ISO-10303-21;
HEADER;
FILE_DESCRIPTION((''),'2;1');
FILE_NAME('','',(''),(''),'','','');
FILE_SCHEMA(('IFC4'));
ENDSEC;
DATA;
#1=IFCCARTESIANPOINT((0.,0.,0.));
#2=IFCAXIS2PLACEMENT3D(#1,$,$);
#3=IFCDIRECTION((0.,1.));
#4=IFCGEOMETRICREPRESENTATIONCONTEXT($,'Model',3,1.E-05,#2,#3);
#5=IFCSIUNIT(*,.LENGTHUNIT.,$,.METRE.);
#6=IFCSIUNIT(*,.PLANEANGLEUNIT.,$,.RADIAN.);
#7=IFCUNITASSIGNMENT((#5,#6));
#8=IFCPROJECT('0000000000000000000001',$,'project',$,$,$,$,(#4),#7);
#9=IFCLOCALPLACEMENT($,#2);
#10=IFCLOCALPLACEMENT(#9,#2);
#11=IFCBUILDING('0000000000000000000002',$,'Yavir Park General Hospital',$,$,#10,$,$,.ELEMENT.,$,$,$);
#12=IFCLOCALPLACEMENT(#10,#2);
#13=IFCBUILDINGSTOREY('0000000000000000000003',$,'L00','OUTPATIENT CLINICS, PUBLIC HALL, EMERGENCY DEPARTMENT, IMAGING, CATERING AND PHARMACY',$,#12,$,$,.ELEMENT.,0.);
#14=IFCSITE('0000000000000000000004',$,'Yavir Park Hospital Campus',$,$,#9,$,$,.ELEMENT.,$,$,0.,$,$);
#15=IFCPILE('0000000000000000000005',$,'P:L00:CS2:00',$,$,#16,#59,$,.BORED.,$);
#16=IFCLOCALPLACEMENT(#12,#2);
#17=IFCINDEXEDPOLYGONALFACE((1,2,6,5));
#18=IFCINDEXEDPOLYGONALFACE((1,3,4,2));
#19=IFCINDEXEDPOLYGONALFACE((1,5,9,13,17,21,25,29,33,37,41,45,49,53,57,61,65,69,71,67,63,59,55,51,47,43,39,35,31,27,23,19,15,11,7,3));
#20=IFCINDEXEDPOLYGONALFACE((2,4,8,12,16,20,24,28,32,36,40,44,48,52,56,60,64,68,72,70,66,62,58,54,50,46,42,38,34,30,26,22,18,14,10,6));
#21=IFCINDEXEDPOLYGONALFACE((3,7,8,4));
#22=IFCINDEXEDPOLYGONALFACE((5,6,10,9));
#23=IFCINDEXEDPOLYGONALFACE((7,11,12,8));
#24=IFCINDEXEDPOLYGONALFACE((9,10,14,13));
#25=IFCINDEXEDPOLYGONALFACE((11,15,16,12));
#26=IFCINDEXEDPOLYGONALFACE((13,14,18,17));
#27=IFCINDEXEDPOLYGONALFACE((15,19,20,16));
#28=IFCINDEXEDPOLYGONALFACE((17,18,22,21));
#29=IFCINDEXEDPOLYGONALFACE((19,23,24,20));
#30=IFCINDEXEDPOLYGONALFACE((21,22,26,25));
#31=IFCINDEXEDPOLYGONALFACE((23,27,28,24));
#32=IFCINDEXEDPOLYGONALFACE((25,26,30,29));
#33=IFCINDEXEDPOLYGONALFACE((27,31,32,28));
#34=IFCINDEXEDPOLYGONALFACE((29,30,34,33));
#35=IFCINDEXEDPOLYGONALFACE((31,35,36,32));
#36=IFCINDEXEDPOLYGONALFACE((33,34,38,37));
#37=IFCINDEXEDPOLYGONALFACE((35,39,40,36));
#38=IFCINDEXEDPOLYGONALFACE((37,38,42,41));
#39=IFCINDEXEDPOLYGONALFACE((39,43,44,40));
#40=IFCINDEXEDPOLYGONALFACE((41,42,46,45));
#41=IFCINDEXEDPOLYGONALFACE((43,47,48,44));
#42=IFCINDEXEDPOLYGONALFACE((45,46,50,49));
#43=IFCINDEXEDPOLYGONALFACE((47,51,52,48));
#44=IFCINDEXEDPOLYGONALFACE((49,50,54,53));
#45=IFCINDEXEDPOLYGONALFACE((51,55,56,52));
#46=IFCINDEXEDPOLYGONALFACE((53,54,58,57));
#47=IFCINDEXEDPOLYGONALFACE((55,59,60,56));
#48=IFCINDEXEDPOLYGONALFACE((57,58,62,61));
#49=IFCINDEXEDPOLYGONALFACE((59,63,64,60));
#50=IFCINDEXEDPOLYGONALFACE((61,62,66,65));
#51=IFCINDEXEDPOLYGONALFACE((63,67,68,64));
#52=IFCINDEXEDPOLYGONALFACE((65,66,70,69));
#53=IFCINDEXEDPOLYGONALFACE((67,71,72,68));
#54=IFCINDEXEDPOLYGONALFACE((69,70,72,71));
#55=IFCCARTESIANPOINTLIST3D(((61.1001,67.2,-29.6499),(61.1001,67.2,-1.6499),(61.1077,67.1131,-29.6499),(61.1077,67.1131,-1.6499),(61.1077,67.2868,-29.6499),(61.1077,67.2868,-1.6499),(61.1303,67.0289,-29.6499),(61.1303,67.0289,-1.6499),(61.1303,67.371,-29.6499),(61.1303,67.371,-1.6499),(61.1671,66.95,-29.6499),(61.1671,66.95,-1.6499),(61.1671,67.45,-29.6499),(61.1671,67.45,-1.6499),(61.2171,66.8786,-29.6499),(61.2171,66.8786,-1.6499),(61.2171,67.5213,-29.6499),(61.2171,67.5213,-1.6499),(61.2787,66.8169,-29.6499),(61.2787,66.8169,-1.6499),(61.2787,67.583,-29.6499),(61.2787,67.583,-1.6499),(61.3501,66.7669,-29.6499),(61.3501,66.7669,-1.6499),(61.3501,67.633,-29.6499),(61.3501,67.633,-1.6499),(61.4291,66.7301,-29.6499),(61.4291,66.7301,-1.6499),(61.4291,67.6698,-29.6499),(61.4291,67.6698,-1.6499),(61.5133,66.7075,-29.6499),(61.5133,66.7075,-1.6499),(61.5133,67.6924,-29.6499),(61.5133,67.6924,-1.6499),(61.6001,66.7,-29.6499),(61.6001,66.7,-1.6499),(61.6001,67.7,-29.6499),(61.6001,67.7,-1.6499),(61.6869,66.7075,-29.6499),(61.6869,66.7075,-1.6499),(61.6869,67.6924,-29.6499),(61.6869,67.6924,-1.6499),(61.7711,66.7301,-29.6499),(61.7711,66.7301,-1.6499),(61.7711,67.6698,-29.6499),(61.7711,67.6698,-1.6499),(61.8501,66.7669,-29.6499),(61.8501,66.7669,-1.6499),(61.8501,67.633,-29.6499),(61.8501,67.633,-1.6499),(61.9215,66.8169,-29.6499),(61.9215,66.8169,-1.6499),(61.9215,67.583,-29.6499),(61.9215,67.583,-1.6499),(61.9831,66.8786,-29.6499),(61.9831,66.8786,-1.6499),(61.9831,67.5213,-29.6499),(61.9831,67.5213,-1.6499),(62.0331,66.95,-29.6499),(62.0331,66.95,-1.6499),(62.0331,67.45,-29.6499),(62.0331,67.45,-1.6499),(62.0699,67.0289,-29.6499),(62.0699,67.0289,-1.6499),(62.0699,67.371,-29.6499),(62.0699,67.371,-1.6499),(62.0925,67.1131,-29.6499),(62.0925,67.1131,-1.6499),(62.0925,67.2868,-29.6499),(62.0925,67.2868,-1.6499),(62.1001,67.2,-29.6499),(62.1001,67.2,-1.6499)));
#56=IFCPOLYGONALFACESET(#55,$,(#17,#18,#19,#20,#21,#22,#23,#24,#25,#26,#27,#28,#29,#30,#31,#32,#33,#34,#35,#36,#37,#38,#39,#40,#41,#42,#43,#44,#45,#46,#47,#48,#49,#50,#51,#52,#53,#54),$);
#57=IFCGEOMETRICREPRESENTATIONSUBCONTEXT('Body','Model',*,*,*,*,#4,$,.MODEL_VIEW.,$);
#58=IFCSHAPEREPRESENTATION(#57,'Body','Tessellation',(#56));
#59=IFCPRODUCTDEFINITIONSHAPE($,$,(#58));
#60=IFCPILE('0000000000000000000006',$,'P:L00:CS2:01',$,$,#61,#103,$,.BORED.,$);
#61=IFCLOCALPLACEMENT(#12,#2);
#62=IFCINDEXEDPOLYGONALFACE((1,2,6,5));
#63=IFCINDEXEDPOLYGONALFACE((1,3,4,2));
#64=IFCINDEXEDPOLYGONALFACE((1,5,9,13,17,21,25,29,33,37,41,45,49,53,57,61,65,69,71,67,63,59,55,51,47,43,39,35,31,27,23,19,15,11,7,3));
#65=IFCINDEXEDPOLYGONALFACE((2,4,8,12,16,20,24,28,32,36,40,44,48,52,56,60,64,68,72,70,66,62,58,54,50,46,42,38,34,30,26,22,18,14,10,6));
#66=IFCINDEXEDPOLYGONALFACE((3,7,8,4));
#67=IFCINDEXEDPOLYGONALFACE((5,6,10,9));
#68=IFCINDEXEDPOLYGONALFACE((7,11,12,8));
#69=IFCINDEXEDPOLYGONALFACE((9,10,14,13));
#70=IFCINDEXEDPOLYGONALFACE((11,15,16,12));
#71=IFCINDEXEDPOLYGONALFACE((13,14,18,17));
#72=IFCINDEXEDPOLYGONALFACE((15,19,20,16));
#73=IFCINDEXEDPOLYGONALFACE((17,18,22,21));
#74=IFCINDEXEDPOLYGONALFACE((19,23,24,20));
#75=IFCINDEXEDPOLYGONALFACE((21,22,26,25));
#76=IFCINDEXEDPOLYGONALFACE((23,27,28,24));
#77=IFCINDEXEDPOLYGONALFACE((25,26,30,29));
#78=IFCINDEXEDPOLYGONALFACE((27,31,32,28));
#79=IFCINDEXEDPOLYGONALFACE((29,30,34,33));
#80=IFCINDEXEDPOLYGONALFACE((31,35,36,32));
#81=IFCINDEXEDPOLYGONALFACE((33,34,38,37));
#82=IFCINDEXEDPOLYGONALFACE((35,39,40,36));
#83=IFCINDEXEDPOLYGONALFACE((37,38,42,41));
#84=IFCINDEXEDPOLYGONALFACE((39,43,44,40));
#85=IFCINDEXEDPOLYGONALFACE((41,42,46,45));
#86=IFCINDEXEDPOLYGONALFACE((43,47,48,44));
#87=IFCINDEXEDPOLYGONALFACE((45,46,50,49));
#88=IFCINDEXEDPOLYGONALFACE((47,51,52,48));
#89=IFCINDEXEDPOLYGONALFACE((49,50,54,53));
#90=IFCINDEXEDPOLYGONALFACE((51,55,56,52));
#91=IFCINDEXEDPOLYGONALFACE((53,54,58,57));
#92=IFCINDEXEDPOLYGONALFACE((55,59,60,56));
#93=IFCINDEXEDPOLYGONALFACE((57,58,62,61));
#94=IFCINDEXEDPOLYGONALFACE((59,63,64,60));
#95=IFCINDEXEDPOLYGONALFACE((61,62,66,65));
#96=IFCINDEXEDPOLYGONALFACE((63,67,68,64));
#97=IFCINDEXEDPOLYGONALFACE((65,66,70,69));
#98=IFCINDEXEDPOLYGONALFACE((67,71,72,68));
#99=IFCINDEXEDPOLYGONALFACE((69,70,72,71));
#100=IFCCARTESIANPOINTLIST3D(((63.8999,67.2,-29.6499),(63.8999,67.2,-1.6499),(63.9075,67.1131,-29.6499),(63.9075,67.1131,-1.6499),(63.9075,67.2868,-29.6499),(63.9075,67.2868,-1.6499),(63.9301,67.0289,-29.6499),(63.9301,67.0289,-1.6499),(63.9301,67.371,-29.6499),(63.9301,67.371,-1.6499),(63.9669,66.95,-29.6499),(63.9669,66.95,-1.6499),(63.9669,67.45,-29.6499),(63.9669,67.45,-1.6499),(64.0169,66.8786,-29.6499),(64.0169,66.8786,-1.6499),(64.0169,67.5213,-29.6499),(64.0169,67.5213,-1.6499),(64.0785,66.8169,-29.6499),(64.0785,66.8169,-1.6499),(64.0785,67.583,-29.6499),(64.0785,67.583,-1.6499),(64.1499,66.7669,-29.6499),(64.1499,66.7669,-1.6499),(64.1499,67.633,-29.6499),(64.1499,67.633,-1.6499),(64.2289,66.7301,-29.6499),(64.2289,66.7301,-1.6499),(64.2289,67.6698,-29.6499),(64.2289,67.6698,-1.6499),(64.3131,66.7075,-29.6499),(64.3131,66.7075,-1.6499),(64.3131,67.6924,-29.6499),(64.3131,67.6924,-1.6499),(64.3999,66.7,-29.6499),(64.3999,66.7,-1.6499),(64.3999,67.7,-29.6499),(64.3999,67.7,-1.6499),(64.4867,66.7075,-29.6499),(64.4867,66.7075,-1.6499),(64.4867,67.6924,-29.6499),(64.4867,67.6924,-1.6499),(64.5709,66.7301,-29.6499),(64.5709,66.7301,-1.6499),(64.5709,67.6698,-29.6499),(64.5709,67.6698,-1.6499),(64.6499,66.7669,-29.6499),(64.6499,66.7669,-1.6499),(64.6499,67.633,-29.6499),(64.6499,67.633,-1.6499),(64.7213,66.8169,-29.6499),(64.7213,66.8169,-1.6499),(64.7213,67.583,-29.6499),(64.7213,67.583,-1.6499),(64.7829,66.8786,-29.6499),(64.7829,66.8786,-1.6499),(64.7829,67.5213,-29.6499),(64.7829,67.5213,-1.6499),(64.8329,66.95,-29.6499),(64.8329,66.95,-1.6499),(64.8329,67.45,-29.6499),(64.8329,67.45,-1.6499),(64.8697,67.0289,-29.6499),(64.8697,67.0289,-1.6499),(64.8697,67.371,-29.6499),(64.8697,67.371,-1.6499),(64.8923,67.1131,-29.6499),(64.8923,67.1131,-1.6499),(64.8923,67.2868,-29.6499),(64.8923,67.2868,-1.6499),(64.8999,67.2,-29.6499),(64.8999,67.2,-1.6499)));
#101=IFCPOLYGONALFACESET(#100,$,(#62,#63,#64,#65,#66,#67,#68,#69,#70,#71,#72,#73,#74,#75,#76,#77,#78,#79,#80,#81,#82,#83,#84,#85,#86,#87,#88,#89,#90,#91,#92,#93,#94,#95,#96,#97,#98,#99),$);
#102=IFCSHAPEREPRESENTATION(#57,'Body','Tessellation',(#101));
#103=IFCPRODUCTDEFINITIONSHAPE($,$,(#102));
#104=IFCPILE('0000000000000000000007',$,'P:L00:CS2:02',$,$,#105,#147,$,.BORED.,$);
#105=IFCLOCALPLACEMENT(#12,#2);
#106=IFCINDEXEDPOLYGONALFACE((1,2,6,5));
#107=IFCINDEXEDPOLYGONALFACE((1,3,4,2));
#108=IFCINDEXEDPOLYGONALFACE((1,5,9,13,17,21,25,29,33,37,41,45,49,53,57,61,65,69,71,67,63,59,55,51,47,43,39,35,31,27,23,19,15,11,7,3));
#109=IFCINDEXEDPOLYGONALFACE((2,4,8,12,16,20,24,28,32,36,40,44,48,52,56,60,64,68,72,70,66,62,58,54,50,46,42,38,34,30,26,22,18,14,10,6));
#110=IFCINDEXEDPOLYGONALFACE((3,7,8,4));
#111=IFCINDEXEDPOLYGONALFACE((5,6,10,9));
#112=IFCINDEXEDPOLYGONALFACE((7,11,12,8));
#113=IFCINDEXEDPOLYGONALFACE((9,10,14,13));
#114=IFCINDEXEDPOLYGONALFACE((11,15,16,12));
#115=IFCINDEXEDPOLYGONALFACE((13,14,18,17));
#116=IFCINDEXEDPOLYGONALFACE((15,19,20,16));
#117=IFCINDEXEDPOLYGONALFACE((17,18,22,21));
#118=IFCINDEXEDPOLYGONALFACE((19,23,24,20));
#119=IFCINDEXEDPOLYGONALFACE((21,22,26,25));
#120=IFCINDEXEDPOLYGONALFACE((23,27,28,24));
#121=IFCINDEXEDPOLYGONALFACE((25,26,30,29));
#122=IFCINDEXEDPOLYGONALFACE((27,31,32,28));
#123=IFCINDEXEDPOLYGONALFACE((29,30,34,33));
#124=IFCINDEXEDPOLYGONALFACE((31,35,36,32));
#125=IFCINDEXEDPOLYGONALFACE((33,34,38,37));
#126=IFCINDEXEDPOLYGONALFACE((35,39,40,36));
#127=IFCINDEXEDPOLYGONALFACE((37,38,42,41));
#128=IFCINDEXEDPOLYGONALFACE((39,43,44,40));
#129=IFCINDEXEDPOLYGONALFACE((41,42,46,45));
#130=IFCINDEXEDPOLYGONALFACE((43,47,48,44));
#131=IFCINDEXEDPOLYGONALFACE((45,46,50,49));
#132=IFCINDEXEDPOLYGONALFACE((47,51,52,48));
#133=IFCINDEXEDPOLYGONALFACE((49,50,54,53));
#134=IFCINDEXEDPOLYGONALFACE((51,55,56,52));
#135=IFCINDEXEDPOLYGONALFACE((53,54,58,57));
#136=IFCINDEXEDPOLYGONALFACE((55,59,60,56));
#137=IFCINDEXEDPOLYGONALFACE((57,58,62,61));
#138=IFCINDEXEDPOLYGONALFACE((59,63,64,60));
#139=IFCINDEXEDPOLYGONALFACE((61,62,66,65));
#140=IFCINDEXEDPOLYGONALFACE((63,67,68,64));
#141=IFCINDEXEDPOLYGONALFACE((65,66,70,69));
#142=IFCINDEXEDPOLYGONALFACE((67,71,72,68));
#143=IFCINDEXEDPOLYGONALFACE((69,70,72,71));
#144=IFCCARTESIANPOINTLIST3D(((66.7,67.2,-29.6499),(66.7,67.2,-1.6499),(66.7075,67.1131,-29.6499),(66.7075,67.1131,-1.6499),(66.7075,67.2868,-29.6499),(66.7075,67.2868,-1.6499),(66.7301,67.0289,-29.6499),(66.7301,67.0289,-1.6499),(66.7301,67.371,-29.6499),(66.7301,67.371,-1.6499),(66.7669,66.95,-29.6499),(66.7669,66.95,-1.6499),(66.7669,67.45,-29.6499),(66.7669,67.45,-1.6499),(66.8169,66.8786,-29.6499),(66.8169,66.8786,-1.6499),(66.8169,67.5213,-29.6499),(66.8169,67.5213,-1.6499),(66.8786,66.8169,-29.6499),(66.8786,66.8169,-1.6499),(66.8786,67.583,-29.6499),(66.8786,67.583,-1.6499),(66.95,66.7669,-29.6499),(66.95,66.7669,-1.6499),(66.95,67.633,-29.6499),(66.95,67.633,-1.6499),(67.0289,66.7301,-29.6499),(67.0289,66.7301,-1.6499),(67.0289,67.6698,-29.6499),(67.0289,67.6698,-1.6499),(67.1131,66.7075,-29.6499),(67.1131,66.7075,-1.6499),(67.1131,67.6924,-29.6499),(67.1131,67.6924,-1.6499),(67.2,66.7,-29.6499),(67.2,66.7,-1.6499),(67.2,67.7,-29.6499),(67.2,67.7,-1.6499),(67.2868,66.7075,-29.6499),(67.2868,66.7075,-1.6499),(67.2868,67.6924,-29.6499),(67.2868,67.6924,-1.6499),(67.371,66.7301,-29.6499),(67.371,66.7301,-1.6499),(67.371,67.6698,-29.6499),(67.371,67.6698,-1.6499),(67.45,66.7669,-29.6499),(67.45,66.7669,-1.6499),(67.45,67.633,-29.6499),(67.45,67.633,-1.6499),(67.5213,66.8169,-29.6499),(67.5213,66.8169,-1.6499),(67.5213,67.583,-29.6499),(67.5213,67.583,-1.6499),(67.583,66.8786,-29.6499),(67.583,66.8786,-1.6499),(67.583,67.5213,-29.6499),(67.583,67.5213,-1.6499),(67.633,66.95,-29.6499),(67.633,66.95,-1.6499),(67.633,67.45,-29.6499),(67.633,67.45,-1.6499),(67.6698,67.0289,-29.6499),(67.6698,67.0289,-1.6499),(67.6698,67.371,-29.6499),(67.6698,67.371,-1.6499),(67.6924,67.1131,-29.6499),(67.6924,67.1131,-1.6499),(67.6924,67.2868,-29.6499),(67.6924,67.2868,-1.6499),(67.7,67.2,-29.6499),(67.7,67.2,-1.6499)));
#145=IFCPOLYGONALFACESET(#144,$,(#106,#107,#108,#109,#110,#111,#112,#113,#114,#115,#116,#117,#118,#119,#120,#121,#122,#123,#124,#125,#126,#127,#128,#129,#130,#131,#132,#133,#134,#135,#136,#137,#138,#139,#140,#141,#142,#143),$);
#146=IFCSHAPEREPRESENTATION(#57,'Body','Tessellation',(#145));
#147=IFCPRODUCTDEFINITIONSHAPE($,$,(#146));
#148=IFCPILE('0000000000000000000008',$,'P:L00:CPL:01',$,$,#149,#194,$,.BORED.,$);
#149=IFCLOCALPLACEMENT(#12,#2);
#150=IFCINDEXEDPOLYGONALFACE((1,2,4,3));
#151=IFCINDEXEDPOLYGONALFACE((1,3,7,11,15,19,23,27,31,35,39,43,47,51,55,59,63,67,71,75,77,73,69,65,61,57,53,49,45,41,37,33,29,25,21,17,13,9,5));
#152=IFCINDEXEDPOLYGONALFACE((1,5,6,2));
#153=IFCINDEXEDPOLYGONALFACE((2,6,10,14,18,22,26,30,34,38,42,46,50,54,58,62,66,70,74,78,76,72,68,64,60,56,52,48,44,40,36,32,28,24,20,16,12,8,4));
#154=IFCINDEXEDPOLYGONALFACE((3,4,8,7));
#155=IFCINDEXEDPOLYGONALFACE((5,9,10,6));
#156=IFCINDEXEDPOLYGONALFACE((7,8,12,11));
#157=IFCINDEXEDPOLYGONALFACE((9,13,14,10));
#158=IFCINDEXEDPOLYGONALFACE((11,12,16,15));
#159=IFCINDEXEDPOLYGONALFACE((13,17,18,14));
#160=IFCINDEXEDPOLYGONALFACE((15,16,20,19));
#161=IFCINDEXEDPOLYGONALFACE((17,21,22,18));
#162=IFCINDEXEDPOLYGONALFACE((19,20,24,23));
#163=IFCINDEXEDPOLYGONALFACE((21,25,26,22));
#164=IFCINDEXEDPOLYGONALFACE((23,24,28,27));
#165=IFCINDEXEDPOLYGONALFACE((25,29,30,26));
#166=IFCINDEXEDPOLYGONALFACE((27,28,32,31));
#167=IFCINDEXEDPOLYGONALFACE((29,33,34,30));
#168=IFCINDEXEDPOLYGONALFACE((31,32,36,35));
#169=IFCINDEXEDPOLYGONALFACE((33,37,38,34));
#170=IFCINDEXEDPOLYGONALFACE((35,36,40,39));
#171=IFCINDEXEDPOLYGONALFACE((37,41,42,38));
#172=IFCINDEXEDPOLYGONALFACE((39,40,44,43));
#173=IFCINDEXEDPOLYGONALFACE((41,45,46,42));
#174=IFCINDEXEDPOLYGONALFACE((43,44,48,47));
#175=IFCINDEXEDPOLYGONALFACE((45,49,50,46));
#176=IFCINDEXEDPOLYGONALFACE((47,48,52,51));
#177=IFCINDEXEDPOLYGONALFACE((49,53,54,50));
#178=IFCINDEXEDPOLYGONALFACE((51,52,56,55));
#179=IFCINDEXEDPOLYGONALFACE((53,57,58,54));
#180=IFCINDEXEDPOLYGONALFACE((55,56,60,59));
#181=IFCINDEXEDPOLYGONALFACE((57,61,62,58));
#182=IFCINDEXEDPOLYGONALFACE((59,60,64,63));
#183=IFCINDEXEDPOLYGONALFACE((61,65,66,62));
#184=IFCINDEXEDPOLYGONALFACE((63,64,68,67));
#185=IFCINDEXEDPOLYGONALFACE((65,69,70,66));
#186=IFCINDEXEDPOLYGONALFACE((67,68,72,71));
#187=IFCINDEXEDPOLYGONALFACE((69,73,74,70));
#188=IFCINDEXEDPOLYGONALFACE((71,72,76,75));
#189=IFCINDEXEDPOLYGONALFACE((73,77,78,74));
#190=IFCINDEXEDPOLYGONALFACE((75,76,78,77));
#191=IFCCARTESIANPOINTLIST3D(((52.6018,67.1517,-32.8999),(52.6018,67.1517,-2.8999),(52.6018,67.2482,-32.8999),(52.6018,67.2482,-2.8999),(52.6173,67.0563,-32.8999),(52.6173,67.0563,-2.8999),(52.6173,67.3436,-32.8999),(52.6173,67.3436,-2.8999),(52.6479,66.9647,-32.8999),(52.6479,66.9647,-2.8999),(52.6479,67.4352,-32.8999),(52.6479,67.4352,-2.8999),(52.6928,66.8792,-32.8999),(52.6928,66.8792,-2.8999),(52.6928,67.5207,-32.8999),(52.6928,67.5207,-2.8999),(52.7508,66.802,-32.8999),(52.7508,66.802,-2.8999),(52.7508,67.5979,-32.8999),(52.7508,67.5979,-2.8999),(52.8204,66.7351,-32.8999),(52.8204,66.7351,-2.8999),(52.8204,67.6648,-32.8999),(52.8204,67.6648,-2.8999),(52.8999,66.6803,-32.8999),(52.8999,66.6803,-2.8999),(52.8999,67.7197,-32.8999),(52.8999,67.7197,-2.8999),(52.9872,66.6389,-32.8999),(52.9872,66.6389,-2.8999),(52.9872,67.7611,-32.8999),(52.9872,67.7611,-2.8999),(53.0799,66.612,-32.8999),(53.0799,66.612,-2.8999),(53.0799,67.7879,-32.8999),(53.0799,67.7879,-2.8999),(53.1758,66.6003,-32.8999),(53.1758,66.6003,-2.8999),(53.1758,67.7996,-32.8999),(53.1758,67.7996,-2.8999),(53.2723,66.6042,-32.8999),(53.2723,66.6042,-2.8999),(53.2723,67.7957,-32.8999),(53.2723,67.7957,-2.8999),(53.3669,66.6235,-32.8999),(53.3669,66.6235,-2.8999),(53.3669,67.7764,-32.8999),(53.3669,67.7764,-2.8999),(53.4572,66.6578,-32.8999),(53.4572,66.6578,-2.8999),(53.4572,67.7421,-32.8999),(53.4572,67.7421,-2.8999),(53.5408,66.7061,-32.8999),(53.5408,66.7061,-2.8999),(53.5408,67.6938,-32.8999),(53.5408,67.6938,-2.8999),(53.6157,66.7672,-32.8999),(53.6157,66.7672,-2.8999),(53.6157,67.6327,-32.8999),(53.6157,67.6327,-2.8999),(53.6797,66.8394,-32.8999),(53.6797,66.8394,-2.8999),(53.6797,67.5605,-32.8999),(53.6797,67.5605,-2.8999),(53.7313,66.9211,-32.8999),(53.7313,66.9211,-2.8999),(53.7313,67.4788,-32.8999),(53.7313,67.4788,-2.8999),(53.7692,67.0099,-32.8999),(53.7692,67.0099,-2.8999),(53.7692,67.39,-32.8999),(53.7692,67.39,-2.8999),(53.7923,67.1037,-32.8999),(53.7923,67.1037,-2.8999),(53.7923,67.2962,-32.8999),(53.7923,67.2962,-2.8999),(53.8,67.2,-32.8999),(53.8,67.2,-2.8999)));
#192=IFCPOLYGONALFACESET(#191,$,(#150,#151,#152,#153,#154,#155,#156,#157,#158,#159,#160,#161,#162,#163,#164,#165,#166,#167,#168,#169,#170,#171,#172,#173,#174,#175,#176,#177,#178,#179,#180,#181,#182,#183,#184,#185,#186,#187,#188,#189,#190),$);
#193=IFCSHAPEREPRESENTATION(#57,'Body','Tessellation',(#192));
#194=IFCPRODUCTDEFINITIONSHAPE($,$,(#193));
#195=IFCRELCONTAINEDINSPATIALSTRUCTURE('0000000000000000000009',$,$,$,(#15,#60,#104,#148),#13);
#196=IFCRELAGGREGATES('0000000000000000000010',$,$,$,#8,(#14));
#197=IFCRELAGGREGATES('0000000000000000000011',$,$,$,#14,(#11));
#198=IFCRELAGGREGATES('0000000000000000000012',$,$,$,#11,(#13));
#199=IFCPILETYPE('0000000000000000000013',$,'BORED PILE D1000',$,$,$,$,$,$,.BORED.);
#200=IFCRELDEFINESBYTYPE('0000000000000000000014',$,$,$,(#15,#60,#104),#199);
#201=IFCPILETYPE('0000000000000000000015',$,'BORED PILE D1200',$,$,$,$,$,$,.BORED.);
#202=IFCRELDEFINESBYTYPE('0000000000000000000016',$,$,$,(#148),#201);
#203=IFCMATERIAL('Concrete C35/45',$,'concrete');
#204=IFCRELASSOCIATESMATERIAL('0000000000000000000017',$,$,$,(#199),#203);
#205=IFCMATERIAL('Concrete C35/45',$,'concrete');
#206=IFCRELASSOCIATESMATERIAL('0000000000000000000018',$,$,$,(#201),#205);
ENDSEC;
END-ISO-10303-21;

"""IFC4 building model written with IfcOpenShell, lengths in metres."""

from ifc_helpers import new_model, si_unit, direction, frame, origin, origin_2d, place, context, subcontext, project, spatial, circle, extrude, material, material_profile, profile_set, type_object, element, save


model = new_model("IFC4")

# Units and contexts
model_context = context("Model", 3, precision=1e-05, world=origin(), true_north=direction((0.0, 1.0)))
body_context = subcontext(model_context, "Body", "Model", "MODEL_VIEW")
ifc_project = project(units=[si_unit("LENGTHUNIT", "METRE"), si_unit("PLANEANGLEUNIT", "RADIAN")], contexts=[model_context])

# Site, building, storey
site_placement = place(None, origin())
site = spatial("IfcSite", under=ifc_project, at=site_placement, Name="Yavir Park Hospital Campus", CompositionType="ELEMENT", RefElevation=0.0)
building_placement = place(site_placement, origin())
building = spatial("IfcBuilding", under=site, at=building_placement, Name="Yavir Park General Hospital", CompositionType="ELEMENT")
storey_placement = place(building_placement, origin())
storey = spatial("IfcBuildingStorey", under=building, at=storey_placement, Name="L00", Description="OUTPATIENT CLINICS, PUBLIC HALL, EMERGENCY DEPARTMENT, IMAGING, CATERING AND PHARMACY", CompositionType="ELEMENT", Elevation=0.0)

# Piles
ifc_material_1 = material(Name="Concrete C35/45", Category="concrete")
ifc_material_profile_1 = material_profile(ifc_material_1, circle(Radius=0.5, at=origin_2d()), Name="D1000")
ifc_profile_set_1 = profile_set([ifc_material_profile_1], Name="Concrete C35/45")
pile_type_1 = type_object("IfcPileType", Name="BORED PILE D1000", PredefinedType="BORED", material=ifc_profile_set_1)
for number, where, z_axis, x_axis, name in (
    (1, (61.6001, 67.2, -1.6499), (0.0, 0.0, -1.0), (1.0, 0.0, 0.0), "P:L00:CS2:00"),
    (2, (64.3999, 67.2, -1.6499), (0.0, 0.0, -1.0), (1.0, 0.0, 0.0), "P:L00:CS2:01"),
    (3, (67.2, 67.2, -1.6499), (0.0, 0.0, -1.0), (1.0, 0.0, 0.0), "P:L00:CS2:02"),
):
    element("IfcPile", number, at=place(storey_placement, frame(where, z_axis=z_axis, x_axis=x_axis)), inside=storey, type_object=pile_type_1, Name=name, PredefinedType="BORED", context=body_context, shape_type="SweptSolid", body=[
        extrude(circle(Radius=0.5, at=origin_2d()), origin(), (0.0, 0.0, 1.0), 28.0),
    ])
ifc_material_2 = material(Name="Concrete C35/45", Category="concrete")
ifc_material_profile_2 = material_profile(ifc_material_2, circle(Radius=0.6001, at=origin_2d()), Name="D1200")
ifc_profile_set_2 = profile_set([ifc_material_profile_2], Name="Concrete C35/45")
pile_type_2 = type_object("IfcPileType", Name="BORED PILE D1200", PredefinedType="BORED", material=ifc_profile_set_2)
for number, where, z_axis, x_axis, name in (
    (4, (53.2, 67.2, -2.8999), (0.0, 0.0, -1.0), (1.0, 0.0, 0.0), "P:L00:CPL:01"),
):
    element("IfcPile", number, at=place(storey_placement, frame(where, z_axis=z_axis, x_axis=x_axis)), inside=storey, type_object=pile_type_2, Name=name, PredefinedType="BORED", context=body_context, shape_type="SweptSolid", body=[
        extrude(circle(Radius=0.6001, at=origin_2d()), origin(), (0.0, 0.0, 1.0), 30.0),
    ])

save(model, "model.ifc")
